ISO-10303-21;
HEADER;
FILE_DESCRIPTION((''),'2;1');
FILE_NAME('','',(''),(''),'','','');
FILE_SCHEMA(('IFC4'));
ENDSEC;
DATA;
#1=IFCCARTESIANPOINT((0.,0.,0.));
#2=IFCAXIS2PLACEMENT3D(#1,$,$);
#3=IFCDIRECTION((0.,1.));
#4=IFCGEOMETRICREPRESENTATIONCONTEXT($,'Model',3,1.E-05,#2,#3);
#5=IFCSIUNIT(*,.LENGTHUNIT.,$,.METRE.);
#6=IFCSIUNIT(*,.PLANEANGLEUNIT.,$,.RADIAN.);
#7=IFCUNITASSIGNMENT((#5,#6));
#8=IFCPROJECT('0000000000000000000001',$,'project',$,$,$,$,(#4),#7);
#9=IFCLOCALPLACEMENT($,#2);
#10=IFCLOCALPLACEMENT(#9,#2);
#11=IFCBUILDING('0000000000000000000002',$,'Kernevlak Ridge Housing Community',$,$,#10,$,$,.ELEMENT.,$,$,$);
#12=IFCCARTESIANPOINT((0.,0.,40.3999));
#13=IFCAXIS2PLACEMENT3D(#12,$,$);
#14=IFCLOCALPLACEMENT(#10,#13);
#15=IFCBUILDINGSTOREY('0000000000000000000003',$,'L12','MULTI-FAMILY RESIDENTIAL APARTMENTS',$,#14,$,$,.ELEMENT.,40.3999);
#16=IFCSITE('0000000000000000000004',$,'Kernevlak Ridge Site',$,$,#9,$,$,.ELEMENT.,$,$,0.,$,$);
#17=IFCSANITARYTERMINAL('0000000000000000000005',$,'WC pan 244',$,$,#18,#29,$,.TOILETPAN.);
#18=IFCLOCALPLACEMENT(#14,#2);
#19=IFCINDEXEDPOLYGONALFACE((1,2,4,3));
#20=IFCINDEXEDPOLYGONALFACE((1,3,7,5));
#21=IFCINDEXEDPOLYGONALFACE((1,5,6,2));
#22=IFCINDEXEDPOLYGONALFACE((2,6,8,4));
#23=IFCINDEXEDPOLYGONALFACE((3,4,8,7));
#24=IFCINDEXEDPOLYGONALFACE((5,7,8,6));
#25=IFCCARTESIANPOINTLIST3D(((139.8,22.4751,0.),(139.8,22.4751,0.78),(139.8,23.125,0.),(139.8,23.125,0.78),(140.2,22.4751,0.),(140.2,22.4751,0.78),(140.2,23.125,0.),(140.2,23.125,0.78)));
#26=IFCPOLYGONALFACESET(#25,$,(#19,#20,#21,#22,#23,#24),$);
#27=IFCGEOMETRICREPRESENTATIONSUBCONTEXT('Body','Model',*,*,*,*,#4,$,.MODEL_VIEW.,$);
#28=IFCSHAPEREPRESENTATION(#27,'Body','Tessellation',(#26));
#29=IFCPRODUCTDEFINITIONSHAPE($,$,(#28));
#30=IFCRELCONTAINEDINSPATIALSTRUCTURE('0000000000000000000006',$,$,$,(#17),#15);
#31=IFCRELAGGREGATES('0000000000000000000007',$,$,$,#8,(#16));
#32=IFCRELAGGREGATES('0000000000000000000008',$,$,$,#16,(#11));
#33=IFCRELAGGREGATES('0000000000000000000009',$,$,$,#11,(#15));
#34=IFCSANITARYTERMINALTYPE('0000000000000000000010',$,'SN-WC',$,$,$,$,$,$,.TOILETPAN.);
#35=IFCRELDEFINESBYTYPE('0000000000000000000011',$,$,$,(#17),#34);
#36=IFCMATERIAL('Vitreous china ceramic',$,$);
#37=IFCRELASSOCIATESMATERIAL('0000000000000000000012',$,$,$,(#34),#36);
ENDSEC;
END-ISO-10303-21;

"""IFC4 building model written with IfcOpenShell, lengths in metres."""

from ifc_helpers import new_model, si_unit, direction, frame, origin, origin_2d, place, context, subcontext, project, spatial, rectangle, extrude, material, type_object, element, save


model = new_model("IFC4")

# Units and contexts
model_context = context("Model", 3, precision=1e-05, world=origin(), true_north=direction((0.0, 1.0)))
body_context = subcontext(model_context, "Body", "Model", "MODEL_VIEW")
ifc_project = project(units=[si_unit("LENGTHUNIT", "METRE"), si_unit("PLANEANGLEUNIT", "RADIAN")], contexts=[model_context])

# Site, building, storey
site_placement = place(None, origin())
site = spatial("IfcSite", under=ifc_project, at=site_placement, Name="Kernevlak Ridge Site", CompositionType="ELEMENT", RefElevation=0.0)
building_placement = place(site_placement, origin())
building = spatial("IfcBuilding", under=site, at=building_placement, Name="Kernevlak Ridge Housing Community", CompositionType="ELEMENT")
storey_placement = place(building_placement, frame((0.0, 0.0, 40.3999)))
storey = spatial("IfcBuildingStorey", under=building, at=storey_placement, Name="L12", Description="MULTI-FAMILY RESIDENTIAL APARTMENTS", CompositionType="ELEMENT", Elevation=40.3999)

# Sanitary terminal
ifc_material_1 = material(Name="Vitreous china ceramic")
sanitary_terminal_type_1 = type_object("IfcSanitaryTerminalType", Name="SN-WC", PredefinedType="TOILETPAN", material=ifc_material_1)
sanitary_terminal_1_placement = place(storey_placement, frame((140.0, 22.8, 0.0), z_axis=(0.0, 0.0, 1.0), x_axis=(1.0, 0.0, 0.0)))
element("IfcSanitaryTerminal", 1, at=sanitary_terminal_1_placement, inside=storey, type_object=sanitary_terminal_type_1, Name="WC pan 244", PredefinedType="TOILETPAN", context=body_context, shape_type="SweptSolid", body=[
    extrude(rectangle(XDim=0.3999, YDim=0.6499, at=origin_2d()), origin(), (0.0, 0.0, 1.0), 0.78),
])

save(model, "model.ifc")
